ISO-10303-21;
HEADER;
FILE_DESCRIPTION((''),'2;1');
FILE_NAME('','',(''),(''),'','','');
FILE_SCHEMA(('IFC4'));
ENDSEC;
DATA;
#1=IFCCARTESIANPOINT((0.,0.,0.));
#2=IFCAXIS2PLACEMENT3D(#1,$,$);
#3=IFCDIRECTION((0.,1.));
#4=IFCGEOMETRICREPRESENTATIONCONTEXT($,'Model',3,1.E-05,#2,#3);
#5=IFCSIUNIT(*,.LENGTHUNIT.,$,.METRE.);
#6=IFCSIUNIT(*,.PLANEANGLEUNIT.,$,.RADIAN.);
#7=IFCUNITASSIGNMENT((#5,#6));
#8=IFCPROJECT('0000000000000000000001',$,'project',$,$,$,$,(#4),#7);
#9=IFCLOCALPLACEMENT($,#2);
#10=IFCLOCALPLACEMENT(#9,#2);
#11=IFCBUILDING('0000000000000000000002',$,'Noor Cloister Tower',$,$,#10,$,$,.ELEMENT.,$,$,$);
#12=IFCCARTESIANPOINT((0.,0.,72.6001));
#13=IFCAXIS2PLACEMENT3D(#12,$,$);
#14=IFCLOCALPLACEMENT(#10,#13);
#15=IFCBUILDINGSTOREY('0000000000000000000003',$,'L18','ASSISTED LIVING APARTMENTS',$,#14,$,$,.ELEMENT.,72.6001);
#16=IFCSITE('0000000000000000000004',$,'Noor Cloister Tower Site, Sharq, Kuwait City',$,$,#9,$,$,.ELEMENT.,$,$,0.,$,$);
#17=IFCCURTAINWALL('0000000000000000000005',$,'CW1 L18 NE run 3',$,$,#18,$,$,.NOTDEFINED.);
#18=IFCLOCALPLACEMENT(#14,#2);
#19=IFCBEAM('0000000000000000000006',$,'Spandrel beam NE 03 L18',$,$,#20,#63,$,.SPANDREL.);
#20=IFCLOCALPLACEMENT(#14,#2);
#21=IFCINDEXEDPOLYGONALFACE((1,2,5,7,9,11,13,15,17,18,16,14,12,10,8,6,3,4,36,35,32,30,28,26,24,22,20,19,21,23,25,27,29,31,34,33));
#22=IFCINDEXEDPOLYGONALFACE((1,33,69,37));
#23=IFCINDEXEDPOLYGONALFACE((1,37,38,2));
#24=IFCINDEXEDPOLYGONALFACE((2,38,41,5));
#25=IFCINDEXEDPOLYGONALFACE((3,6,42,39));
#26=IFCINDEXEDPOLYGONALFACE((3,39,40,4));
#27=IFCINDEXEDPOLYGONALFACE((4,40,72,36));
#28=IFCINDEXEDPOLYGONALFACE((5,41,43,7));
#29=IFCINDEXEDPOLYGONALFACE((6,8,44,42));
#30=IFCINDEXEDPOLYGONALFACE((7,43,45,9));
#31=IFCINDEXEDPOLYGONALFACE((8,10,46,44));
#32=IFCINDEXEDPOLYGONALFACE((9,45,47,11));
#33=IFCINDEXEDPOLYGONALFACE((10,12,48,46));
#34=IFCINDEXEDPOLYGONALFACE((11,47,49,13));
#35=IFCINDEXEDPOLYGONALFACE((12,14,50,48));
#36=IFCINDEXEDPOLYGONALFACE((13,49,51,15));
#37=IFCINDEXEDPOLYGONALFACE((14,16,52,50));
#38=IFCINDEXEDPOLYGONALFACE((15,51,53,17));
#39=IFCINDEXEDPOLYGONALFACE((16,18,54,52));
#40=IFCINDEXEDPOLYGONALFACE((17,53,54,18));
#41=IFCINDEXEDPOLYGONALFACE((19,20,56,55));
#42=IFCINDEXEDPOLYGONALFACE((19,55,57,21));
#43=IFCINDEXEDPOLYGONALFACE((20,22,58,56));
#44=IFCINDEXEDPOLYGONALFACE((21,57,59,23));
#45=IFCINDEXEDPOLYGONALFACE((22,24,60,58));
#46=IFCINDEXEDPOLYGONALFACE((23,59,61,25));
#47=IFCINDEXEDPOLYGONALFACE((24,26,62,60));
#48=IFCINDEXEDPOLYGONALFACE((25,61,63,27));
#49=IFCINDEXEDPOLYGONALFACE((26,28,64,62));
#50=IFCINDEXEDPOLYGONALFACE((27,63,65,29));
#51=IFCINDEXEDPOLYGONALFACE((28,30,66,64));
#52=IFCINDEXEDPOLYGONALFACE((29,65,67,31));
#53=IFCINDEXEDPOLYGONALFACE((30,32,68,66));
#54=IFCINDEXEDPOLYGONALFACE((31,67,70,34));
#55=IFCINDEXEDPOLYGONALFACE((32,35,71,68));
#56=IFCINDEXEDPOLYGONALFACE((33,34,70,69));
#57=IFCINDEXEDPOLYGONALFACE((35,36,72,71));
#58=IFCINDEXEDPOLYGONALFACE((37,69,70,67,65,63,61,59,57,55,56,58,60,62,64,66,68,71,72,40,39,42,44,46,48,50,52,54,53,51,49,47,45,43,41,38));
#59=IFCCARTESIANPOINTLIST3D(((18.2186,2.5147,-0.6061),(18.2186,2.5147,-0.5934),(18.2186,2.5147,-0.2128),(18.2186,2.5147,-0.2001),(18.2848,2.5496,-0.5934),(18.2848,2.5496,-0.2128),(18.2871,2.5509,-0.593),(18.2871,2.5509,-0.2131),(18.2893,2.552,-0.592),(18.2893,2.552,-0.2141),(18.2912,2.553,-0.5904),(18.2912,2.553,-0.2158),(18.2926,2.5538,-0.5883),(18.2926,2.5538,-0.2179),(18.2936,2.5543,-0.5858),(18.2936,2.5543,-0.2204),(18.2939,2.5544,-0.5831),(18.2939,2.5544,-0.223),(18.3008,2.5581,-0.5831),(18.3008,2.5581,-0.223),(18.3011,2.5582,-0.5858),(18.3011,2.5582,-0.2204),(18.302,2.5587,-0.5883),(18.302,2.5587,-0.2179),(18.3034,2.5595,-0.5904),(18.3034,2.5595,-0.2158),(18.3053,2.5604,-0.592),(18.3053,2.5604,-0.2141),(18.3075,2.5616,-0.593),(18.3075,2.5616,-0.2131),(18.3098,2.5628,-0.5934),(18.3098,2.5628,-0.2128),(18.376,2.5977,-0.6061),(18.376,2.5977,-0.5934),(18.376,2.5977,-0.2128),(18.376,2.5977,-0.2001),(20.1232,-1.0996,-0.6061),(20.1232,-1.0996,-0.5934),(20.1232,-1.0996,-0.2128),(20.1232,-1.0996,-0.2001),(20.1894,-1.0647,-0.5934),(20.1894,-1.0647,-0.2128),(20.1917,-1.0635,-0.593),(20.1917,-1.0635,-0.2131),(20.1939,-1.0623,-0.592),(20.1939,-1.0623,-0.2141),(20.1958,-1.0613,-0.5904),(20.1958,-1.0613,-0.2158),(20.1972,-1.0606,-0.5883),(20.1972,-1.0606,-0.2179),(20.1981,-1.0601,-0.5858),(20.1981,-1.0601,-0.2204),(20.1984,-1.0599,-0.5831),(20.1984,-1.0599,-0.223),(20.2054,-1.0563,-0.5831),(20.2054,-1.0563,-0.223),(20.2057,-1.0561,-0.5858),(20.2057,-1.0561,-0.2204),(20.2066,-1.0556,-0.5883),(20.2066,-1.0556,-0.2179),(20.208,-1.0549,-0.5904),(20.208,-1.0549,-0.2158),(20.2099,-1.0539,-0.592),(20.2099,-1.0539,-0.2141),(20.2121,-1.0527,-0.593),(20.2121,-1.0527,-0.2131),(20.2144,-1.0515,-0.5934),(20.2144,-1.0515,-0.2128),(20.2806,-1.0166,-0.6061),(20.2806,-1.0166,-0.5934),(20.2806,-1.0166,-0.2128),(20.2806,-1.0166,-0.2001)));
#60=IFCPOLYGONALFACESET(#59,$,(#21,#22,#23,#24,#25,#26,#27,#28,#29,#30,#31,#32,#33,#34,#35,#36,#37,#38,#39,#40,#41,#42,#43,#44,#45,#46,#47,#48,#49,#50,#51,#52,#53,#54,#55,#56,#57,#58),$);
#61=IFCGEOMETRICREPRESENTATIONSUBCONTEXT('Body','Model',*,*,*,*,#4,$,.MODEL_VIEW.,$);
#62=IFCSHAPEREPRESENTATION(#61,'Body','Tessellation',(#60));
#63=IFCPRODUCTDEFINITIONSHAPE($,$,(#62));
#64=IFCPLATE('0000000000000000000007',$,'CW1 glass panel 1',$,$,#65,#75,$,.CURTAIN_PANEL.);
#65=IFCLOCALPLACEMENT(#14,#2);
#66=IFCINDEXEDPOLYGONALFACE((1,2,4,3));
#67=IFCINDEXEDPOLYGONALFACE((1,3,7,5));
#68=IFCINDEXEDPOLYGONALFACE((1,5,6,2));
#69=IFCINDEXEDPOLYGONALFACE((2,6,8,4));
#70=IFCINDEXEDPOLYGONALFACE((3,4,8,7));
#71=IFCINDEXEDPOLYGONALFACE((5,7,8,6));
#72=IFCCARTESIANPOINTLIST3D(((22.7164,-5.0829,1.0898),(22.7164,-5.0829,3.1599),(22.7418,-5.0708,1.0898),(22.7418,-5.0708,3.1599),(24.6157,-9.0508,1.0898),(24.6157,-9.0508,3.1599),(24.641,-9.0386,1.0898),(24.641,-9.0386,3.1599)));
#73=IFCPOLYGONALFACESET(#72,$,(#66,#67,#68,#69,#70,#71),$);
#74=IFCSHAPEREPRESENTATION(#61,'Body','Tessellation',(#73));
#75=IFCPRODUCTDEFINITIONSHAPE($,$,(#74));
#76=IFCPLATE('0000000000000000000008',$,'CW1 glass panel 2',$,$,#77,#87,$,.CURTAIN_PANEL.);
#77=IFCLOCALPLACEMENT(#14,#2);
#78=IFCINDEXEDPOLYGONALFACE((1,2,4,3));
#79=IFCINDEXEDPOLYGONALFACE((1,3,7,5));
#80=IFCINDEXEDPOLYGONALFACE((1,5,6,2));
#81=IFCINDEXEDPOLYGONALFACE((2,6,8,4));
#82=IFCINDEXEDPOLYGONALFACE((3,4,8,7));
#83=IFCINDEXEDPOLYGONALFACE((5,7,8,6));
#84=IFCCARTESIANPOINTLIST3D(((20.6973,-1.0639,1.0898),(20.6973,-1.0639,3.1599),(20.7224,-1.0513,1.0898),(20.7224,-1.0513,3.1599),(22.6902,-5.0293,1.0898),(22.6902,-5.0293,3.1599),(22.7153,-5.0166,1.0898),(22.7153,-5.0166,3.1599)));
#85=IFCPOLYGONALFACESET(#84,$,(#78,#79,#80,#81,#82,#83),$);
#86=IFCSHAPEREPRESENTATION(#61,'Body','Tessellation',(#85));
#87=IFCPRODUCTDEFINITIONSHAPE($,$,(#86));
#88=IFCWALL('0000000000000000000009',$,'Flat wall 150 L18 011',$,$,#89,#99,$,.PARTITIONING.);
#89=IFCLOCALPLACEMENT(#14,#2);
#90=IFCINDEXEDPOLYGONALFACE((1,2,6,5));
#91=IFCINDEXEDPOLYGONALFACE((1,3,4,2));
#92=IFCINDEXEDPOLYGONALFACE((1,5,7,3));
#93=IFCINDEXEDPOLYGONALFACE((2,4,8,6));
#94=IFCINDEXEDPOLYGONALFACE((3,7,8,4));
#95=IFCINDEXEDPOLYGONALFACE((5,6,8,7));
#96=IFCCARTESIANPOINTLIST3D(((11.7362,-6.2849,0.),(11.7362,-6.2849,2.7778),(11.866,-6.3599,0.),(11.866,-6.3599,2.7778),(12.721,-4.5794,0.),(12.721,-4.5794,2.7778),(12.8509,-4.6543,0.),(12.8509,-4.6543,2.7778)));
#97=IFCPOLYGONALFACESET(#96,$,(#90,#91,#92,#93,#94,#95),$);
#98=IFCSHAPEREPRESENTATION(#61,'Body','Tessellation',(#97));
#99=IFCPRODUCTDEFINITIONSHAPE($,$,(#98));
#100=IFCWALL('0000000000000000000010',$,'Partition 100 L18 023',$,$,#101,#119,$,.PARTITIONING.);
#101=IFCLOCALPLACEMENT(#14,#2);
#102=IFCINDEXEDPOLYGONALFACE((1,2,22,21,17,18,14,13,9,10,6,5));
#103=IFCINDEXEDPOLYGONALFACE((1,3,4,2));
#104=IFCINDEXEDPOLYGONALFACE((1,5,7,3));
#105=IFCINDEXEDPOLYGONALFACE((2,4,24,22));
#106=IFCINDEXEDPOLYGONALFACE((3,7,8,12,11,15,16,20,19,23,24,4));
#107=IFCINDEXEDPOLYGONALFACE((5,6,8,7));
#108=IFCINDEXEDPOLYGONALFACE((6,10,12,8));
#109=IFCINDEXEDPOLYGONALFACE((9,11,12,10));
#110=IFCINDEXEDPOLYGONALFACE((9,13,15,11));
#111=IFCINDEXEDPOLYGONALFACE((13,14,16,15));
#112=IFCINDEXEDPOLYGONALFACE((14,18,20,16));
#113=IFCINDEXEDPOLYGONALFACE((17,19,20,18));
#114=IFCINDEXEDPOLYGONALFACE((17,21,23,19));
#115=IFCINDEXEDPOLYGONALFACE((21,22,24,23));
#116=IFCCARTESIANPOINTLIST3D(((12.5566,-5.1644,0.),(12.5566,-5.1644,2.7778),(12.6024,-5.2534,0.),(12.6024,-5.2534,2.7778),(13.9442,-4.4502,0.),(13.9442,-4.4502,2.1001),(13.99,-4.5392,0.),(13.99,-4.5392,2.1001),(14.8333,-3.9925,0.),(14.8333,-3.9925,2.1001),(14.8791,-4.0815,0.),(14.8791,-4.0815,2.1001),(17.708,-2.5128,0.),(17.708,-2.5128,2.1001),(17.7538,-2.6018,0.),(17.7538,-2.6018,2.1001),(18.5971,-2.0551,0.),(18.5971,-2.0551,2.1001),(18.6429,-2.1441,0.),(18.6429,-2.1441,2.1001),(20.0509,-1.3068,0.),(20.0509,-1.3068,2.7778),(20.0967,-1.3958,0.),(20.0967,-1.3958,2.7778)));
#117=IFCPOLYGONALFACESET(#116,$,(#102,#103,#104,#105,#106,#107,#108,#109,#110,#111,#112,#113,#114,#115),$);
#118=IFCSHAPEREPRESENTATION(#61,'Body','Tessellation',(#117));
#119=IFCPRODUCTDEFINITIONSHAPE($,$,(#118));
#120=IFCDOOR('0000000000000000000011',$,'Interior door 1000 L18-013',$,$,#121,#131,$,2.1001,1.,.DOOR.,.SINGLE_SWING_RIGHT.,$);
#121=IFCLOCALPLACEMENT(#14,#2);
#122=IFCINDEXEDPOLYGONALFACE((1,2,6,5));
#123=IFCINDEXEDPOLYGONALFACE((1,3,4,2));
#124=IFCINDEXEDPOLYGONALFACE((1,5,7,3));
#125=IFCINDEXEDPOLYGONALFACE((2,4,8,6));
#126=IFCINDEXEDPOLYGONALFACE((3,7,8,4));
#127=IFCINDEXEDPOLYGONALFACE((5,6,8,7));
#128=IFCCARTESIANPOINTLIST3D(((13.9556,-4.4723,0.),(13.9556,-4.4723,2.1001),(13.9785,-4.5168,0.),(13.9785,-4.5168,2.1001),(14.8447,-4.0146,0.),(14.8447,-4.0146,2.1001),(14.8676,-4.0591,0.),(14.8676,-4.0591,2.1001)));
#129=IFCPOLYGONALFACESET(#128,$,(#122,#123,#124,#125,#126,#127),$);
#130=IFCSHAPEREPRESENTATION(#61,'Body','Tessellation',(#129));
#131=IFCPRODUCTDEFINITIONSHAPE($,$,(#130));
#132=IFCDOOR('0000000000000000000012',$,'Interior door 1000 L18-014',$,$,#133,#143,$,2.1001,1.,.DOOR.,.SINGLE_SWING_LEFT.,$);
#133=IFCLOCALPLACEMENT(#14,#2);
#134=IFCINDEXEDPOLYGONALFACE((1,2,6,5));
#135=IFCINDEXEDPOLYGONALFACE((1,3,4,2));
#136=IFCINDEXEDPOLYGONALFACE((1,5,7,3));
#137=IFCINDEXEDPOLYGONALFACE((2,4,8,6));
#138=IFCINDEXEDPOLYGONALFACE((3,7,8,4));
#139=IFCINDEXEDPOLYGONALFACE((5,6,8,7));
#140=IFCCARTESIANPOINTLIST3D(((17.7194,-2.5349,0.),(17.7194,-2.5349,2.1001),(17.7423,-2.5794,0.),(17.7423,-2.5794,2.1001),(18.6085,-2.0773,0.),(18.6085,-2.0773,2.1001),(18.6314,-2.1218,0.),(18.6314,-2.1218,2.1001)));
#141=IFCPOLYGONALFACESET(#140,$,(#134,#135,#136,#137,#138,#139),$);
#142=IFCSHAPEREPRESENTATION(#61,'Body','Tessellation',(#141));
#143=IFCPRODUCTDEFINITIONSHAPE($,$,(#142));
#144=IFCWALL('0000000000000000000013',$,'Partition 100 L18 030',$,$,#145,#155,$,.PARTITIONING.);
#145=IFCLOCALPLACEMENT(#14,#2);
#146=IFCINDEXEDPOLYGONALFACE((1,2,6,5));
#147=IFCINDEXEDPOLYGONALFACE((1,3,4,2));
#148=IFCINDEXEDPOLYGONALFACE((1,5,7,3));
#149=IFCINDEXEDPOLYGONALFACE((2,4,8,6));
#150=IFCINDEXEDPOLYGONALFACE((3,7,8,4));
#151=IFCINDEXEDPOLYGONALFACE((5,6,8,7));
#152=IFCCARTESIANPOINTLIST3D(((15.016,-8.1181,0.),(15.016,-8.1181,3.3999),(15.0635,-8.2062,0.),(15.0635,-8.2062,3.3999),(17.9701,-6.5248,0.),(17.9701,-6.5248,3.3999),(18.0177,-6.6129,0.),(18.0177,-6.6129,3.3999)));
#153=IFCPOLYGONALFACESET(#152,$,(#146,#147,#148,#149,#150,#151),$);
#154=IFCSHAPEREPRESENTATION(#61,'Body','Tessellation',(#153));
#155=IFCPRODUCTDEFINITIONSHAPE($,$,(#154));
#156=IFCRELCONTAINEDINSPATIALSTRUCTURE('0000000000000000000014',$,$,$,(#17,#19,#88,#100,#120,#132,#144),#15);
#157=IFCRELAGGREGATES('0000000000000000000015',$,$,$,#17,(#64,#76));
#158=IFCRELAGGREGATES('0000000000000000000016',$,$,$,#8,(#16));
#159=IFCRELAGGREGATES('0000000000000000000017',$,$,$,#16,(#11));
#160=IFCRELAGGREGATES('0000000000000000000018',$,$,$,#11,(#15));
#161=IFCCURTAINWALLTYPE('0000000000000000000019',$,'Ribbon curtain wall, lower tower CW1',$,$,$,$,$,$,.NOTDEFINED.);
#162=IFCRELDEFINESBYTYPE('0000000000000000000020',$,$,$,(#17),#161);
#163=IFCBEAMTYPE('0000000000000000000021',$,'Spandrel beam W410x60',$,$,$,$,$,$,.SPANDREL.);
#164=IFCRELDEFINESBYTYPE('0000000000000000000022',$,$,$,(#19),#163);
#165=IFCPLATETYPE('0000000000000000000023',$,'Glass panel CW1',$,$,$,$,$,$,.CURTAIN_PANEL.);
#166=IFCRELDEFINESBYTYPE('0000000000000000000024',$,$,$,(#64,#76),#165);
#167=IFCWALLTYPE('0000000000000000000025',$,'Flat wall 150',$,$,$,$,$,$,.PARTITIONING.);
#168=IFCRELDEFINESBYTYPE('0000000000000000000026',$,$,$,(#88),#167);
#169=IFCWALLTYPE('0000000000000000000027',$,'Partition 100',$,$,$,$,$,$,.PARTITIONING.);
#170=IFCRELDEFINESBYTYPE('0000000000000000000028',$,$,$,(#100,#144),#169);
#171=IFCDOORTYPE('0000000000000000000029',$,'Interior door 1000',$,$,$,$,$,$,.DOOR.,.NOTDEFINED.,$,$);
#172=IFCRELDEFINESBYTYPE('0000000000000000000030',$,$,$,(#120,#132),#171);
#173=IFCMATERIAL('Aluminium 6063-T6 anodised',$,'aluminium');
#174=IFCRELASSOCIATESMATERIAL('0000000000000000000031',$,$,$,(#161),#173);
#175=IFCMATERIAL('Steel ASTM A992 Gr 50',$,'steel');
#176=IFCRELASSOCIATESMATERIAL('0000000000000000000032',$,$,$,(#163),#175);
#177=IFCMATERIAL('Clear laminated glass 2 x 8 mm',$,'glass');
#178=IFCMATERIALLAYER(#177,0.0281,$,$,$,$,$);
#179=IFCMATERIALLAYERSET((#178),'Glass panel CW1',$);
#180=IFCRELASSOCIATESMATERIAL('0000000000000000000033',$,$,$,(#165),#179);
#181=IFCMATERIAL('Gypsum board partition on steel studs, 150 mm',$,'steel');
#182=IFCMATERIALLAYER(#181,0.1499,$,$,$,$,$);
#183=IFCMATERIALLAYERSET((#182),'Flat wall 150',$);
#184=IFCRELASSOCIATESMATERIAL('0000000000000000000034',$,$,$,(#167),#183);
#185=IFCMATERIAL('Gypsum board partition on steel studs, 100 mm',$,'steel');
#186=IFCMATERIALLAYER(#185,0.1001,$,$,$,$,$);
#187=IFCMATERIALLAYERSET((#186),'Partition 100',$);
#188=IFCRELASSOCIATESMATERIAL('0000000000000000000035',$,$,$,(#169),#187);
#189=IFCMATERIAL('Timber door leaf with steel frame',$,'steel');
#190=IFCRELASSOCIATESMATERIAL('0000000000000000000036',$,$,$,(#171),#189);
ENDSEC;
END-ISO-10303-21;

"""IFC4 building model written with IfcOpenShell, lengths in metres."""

from ifc_helpers import new_model, si_unit, direction, frame, frame_2d, origin, origin_2d, place, context, subcontext, project, spatial, rectangle, i_section, extrude, material, layer, layer_set, material_profile, profile_set, type_object, element, fill, aggregate, save


model = new_model("IFC4")

# Units and contexts
model_context = context("Model", 3, precision=1e-05, world=origin(), true_north=direction((0.0, 1.0)))
body_context = subcontext(model_context, "Body", "Model", "MODEL_VIEW")
ifc_project = project(units=[si_unit("LENGTHUNIT", "METRE"), si_unit("PLANEANGLEUNIT", "RADIAN")], contexts=[model_context])

# Site, building, storey
site_placement = place(None, origin())
site = spatial("IfcSite", under=ifc_project, at=site_placement, Name="Noor Cloister Tower Site, Sharq, Kuwait City", CompositionType="ELEMENT", RefElevation=0.0)
building_placement = place(site_placement, origin())
building = spatial("IfcBuilding", under=site, at=building_placement, Name="Noor Cloister Tower", CompositionType="ELEMENT")
storey_placement = place(building_placement, frame((0.0, 0.0, 72.6001)))
storey = spatial("IfcBuildingStorey", under=building, at=storey_placement, Name="L18", Description="ASSISTED LIVING APARTMENTS", CompositionType="ELEMENT", Elevation=72.6001)

# Curtain wall
ifc_material_1 = material(Name="Aluminium 6063-T6 anodised", Category="aluminium")
curtain_wall_type = type_object("IfcCurtainWallType", Name="Ribbon curtain wall, lower tower CW1", PredefinedType="NOTDEFINED", material=ifc_material_1)
curtain_wall_placement = place(storey_placement, origin())
curtain_wall = element("IfcCurtainWall", 1, at=curtain_wall_placement, inside=storey, type_object=curtain_wall_type, Name="CW1 L18 NE run 3", PredefinedType="NOTDEFINED")

# Beam
ifc_material_2 = material(Name="Steel ASTM A992 Gr 50", Category="steel")
ifc_material_profile_1 = material_profile(ifc_material_2, i_section(OverallWidth=0.178, OverallDepth=0.406, WebThickness=0.0078, FlangeThickness=0.0127, FilletRadius=0.0103, at=origin_2d()), Name="W410x60")
ifc_profile_set_1 = profile_set([ifc_material_profile_1], Name="Steel ASTM A992 Gr 50")
beam_type_1 = type_object("IfcBeamType", Name="Spandrel beam W410x60", PredefinedType="SPANDREL", material=ifc_profile_set_1)
beam_1_placement = place(storey_placement, frame((20.2019, -1.0581, -0.4031), z_axis=(-0.466187, 0.884686, 0.0), x_axis=(-0.884686, -0.466187, 0.0)))
element("IfcBeam", 2, at=beam_1_placement, inside=storey, type_object=beam_type_1, Name="Spandrel beam NE 03 L18", PredefinedType="SPANDREL", context=body_context, shape_type="SweptSolid", body=[
    extrude(i_section(OverallWidth=0.178, OverallDepth=0.406, WebThickness=0.0078, FlangeThickness=0.0127, FilletRadius=0.0103, at=origin_2d()), origin(), (0.0, 0.0, 1.0), 4.0854),
])

# Plates
ifc_material_3 = material(Name="Clear laminated glass 2 x 8 mm", Category="glass")
ifc_layer_1 = layer(ifc_material_3, 0.0281)
ifc_layer_set_1 = layer_set([ifc_layer_1], Name="Glass panel CW1")
plate_type = type_object("IfcPlateType", Name="Glass panel CW1", PredefinedType="CURTAIN_PANEL", material=ifc_layer_set_1)
plate_1_placement = place(storey_placement, frame((23.6787, -7.0608, 1.0898), z_axis=(0.0, 0.0, 1.0), x_axis=(-0.431748, 0.901994, 0.0)))
plate_1 = element("IfcPlate", 3, at=plate_1_placement, type_object=plate_type, Name="CW1 glass panel 1", PredefinedType="CURTAIN_PANEL", context=body_context, shape_type="SweptSolid", body=[
    extrude(rectangle(XDim=4.3989, YDim=0.0281, at=origin_2d()), origin(), (0.0, 0.0, 1.0), 2.0701),
])
plate_2_placement = place(storey_placement, frame((21.7063, -3.0403, 1.0898), z_axis=(0.0, 0.0, 1.0), x_axis=(-0.449068, 0.893498, 0.0)))
plate_2 = element("IfcPlate", 4, at=plate_2_placement, type_object=plate_type, Name="CW1 glass panel 2", PredefinedType="CURTAIN_PANEL", context=body_context, shape_type="SweptSolid", body=[
    extrude(rectangle(XDim=4.438, YDim=0.0281, at=origin_2d()), origin(), (0.0, 0.0, 1.0), 2.0701),
])
aggregate(curtain_wall, [plate_1, plate_2])

# Wall
ifc_material_4 = material(Name="Gypsum board partition on steel studs, 150 mm", Category="steel")
ifc_layer_2 = layer(ifc_material_4, 0.1499)
ifc_layer_set_2 = layer_set([ifc_layer_2], Name="Flat wall 150")
wall_type_1 = type_object("IfcWallType", Name="Flat wall 150", PredefinedType="PARTITIONING", material=ifc_layer_set_2)
wall_1_placement = place(storey_placement, frame((11.801, -6.3225, 0.0), z_axis=(0.0, 0.0, 1.0), x_axis=(0.500059, 0.865992, 0.0)))
element("IfcWall", 5, at=wall_1_placement, inside=storey, type_object=wall_type_1, Name="Flat wall 150 L18 011", PredefinedType="PARTITIONING", context=body_context, shape_type="SweptSolid", body=[
    extrude(rectangle(XDim=1.9695, YDim=0.1499, at=frame_2d((0.9849, 0.0))), origin(), (0.0, 0.0, 1.0), 2.7778),
])

# Wall, openings, doors
ifc_material_5 = material(Name="Gypsum board partition on steel studs, 100 mm", Category="steel")
ifc_layer_3 = layer(ifc_material_5, 0.1001)
ifc_layer_set_3 = layer_set([ifc_layer_3], Name="Partition 100")
wall_type_2 = type_object("IfcWallType", Name="Partition 100", PredefinedType="PARTITIONING", material=ifc_layer_set_3)
wall_2_placement = place(storey_placement, frame((20.0737, -1.3513, 0.0), z_axis=(0.0, 0.0, 1.0), x_axis=(-0.889123, -0.457668, 0.0)))
wall_2 = element("IfcWall", 6, at=wall_2_placement, inside=storey, type_object=wall_type_2, Name="Partition 100 L18 023", PredefinedType="PARTITIONING", context=body_context, shape_type="SweptSolid", body=[
    extrude(rectangle(XDim=8.429, YDim=0.1001, at=frame_2d((4.2144, 0.0))), origin(), (0.0, 0.0, 1.0), 2.7778),
])
opening_1_placement = place(wall_2_placement, frame((5.8682, 0.0, 0.0)))
opening_1 = element("IfcOpeningElement", 7, at=opening_1_placement, cuts=wall_2, PredefinedType="OPENING", context=body_context, shape_type="SweptSolid", body=[
    extrude(rectangle(XDim=1.0, YDim=2.1001, at=frame_2d((0.5, 1.05))), frame((0.0, 0.0601, 0.0), z_axis=(0.0, -1.0, 0.0), x_axis=(1.0, 0.0, 0.0)), (0.0, 0.0, 1.0), 0.1201),
])
opening_2_placement = place(wall_2_placement, frame((1.635, 0.0, 0.0)))
opening_2 = element("IfcOpeningElement", 8, at=opening_2_placement, cuts=wall_2, PredefinedType="OPENING", context=body_context, shape_type="SweptSolid", body=[
    extrude(rectangle(XDim=1.0, YDim=2.1001, at=frame_2d((0.5, 1.05))), frame((0.0, 0.0601, 0.0), z_axis=(0.0, -1.0, 0.0), x_axis=(1.0, 0.0, 0.0)), (0.0, 0.0, 1.0), 0.1201),
])
ifc_material_6 = material(Name="Timber door leaf with steel frame", Category="steel")
door_type = type_object("IfcDoorType", Name="Interior door 1000", OperationType="NOTDEFINED", PredefinedType="DOOR", material=ifc_material_6)
door_1_placement = place(opening_1_placement, origin())
door_1 = element("IfcDoor", 9, at=door_1_placement, inside=storey, type_object=door_type, Name="Interior door 1000 L18-013", OperationType="SINGLE_SWING_RIGHT", OverallHeight=2.1001, OverallWidth=1.0, PredefinedType="DOOR", context=body_context, shape_type="SweptSolid", body=[
    extrude(rectangle(XDim=1.0, YDim=2.1001, at=frame_2d((0.5, 1.05))), frame((0.0, 0.0249, 0.0), z_axis=(0.0, -1.0, 0.0), x_axis=(1.0, 0.0, 0.0)), (0.0, 0.0, 1.0), 0.05),
])
fill(opening_1, door_1)
door_2_placement = place(opening_2_placement, origin())
door_2 = element("IfcDoor", 10, at=door_2_placement, inside=storey, type_object=door_type, Name="Interior door 1000 L18-014", OperationType="SINGLE_SWING_LEFT", OverallHeight=2.1001, OverallWidth=1.0, PredefinedType="DOOR", context=body_context, shape_type="SweptSolid", body=[
    extrude(rectangle(XDim=1.0, YDim=2.1001, at=frame_2d((0.5, 1.05))), frame((0.0, 0.0249, 0.0), z_axis=(0.0, -1.0, 0.0), x_axis=(1.0, 0.0, 0.0)), (0.0, 0.0, 1.0), 0.05),
])
fill(opening_2, door_2)

# Wall
wall_3_placement = place(storey_placement, frame((17.9939, -6.5688, 0.0), z_axis=(0.0, 0.0, 1.0), x_axis=(-0.880149, -0.474698, 0.0)))
element("IfcWall", 11, at=wall_3_placement, inside=storey, type_object=wall_type_2, Name="Partition 100 L18 030", PredefinedType="PARTITIONING", context=body_context, shape_type="SweptSolid", body=[
    extrude(rectangle(XDim=3.3564, YDim=0.1001, at=frame_2d((1.6782, 0.0))), origin(), (0.0, 0.0, 1.0), 3.3999),
])

save(model, "model.ifc")
